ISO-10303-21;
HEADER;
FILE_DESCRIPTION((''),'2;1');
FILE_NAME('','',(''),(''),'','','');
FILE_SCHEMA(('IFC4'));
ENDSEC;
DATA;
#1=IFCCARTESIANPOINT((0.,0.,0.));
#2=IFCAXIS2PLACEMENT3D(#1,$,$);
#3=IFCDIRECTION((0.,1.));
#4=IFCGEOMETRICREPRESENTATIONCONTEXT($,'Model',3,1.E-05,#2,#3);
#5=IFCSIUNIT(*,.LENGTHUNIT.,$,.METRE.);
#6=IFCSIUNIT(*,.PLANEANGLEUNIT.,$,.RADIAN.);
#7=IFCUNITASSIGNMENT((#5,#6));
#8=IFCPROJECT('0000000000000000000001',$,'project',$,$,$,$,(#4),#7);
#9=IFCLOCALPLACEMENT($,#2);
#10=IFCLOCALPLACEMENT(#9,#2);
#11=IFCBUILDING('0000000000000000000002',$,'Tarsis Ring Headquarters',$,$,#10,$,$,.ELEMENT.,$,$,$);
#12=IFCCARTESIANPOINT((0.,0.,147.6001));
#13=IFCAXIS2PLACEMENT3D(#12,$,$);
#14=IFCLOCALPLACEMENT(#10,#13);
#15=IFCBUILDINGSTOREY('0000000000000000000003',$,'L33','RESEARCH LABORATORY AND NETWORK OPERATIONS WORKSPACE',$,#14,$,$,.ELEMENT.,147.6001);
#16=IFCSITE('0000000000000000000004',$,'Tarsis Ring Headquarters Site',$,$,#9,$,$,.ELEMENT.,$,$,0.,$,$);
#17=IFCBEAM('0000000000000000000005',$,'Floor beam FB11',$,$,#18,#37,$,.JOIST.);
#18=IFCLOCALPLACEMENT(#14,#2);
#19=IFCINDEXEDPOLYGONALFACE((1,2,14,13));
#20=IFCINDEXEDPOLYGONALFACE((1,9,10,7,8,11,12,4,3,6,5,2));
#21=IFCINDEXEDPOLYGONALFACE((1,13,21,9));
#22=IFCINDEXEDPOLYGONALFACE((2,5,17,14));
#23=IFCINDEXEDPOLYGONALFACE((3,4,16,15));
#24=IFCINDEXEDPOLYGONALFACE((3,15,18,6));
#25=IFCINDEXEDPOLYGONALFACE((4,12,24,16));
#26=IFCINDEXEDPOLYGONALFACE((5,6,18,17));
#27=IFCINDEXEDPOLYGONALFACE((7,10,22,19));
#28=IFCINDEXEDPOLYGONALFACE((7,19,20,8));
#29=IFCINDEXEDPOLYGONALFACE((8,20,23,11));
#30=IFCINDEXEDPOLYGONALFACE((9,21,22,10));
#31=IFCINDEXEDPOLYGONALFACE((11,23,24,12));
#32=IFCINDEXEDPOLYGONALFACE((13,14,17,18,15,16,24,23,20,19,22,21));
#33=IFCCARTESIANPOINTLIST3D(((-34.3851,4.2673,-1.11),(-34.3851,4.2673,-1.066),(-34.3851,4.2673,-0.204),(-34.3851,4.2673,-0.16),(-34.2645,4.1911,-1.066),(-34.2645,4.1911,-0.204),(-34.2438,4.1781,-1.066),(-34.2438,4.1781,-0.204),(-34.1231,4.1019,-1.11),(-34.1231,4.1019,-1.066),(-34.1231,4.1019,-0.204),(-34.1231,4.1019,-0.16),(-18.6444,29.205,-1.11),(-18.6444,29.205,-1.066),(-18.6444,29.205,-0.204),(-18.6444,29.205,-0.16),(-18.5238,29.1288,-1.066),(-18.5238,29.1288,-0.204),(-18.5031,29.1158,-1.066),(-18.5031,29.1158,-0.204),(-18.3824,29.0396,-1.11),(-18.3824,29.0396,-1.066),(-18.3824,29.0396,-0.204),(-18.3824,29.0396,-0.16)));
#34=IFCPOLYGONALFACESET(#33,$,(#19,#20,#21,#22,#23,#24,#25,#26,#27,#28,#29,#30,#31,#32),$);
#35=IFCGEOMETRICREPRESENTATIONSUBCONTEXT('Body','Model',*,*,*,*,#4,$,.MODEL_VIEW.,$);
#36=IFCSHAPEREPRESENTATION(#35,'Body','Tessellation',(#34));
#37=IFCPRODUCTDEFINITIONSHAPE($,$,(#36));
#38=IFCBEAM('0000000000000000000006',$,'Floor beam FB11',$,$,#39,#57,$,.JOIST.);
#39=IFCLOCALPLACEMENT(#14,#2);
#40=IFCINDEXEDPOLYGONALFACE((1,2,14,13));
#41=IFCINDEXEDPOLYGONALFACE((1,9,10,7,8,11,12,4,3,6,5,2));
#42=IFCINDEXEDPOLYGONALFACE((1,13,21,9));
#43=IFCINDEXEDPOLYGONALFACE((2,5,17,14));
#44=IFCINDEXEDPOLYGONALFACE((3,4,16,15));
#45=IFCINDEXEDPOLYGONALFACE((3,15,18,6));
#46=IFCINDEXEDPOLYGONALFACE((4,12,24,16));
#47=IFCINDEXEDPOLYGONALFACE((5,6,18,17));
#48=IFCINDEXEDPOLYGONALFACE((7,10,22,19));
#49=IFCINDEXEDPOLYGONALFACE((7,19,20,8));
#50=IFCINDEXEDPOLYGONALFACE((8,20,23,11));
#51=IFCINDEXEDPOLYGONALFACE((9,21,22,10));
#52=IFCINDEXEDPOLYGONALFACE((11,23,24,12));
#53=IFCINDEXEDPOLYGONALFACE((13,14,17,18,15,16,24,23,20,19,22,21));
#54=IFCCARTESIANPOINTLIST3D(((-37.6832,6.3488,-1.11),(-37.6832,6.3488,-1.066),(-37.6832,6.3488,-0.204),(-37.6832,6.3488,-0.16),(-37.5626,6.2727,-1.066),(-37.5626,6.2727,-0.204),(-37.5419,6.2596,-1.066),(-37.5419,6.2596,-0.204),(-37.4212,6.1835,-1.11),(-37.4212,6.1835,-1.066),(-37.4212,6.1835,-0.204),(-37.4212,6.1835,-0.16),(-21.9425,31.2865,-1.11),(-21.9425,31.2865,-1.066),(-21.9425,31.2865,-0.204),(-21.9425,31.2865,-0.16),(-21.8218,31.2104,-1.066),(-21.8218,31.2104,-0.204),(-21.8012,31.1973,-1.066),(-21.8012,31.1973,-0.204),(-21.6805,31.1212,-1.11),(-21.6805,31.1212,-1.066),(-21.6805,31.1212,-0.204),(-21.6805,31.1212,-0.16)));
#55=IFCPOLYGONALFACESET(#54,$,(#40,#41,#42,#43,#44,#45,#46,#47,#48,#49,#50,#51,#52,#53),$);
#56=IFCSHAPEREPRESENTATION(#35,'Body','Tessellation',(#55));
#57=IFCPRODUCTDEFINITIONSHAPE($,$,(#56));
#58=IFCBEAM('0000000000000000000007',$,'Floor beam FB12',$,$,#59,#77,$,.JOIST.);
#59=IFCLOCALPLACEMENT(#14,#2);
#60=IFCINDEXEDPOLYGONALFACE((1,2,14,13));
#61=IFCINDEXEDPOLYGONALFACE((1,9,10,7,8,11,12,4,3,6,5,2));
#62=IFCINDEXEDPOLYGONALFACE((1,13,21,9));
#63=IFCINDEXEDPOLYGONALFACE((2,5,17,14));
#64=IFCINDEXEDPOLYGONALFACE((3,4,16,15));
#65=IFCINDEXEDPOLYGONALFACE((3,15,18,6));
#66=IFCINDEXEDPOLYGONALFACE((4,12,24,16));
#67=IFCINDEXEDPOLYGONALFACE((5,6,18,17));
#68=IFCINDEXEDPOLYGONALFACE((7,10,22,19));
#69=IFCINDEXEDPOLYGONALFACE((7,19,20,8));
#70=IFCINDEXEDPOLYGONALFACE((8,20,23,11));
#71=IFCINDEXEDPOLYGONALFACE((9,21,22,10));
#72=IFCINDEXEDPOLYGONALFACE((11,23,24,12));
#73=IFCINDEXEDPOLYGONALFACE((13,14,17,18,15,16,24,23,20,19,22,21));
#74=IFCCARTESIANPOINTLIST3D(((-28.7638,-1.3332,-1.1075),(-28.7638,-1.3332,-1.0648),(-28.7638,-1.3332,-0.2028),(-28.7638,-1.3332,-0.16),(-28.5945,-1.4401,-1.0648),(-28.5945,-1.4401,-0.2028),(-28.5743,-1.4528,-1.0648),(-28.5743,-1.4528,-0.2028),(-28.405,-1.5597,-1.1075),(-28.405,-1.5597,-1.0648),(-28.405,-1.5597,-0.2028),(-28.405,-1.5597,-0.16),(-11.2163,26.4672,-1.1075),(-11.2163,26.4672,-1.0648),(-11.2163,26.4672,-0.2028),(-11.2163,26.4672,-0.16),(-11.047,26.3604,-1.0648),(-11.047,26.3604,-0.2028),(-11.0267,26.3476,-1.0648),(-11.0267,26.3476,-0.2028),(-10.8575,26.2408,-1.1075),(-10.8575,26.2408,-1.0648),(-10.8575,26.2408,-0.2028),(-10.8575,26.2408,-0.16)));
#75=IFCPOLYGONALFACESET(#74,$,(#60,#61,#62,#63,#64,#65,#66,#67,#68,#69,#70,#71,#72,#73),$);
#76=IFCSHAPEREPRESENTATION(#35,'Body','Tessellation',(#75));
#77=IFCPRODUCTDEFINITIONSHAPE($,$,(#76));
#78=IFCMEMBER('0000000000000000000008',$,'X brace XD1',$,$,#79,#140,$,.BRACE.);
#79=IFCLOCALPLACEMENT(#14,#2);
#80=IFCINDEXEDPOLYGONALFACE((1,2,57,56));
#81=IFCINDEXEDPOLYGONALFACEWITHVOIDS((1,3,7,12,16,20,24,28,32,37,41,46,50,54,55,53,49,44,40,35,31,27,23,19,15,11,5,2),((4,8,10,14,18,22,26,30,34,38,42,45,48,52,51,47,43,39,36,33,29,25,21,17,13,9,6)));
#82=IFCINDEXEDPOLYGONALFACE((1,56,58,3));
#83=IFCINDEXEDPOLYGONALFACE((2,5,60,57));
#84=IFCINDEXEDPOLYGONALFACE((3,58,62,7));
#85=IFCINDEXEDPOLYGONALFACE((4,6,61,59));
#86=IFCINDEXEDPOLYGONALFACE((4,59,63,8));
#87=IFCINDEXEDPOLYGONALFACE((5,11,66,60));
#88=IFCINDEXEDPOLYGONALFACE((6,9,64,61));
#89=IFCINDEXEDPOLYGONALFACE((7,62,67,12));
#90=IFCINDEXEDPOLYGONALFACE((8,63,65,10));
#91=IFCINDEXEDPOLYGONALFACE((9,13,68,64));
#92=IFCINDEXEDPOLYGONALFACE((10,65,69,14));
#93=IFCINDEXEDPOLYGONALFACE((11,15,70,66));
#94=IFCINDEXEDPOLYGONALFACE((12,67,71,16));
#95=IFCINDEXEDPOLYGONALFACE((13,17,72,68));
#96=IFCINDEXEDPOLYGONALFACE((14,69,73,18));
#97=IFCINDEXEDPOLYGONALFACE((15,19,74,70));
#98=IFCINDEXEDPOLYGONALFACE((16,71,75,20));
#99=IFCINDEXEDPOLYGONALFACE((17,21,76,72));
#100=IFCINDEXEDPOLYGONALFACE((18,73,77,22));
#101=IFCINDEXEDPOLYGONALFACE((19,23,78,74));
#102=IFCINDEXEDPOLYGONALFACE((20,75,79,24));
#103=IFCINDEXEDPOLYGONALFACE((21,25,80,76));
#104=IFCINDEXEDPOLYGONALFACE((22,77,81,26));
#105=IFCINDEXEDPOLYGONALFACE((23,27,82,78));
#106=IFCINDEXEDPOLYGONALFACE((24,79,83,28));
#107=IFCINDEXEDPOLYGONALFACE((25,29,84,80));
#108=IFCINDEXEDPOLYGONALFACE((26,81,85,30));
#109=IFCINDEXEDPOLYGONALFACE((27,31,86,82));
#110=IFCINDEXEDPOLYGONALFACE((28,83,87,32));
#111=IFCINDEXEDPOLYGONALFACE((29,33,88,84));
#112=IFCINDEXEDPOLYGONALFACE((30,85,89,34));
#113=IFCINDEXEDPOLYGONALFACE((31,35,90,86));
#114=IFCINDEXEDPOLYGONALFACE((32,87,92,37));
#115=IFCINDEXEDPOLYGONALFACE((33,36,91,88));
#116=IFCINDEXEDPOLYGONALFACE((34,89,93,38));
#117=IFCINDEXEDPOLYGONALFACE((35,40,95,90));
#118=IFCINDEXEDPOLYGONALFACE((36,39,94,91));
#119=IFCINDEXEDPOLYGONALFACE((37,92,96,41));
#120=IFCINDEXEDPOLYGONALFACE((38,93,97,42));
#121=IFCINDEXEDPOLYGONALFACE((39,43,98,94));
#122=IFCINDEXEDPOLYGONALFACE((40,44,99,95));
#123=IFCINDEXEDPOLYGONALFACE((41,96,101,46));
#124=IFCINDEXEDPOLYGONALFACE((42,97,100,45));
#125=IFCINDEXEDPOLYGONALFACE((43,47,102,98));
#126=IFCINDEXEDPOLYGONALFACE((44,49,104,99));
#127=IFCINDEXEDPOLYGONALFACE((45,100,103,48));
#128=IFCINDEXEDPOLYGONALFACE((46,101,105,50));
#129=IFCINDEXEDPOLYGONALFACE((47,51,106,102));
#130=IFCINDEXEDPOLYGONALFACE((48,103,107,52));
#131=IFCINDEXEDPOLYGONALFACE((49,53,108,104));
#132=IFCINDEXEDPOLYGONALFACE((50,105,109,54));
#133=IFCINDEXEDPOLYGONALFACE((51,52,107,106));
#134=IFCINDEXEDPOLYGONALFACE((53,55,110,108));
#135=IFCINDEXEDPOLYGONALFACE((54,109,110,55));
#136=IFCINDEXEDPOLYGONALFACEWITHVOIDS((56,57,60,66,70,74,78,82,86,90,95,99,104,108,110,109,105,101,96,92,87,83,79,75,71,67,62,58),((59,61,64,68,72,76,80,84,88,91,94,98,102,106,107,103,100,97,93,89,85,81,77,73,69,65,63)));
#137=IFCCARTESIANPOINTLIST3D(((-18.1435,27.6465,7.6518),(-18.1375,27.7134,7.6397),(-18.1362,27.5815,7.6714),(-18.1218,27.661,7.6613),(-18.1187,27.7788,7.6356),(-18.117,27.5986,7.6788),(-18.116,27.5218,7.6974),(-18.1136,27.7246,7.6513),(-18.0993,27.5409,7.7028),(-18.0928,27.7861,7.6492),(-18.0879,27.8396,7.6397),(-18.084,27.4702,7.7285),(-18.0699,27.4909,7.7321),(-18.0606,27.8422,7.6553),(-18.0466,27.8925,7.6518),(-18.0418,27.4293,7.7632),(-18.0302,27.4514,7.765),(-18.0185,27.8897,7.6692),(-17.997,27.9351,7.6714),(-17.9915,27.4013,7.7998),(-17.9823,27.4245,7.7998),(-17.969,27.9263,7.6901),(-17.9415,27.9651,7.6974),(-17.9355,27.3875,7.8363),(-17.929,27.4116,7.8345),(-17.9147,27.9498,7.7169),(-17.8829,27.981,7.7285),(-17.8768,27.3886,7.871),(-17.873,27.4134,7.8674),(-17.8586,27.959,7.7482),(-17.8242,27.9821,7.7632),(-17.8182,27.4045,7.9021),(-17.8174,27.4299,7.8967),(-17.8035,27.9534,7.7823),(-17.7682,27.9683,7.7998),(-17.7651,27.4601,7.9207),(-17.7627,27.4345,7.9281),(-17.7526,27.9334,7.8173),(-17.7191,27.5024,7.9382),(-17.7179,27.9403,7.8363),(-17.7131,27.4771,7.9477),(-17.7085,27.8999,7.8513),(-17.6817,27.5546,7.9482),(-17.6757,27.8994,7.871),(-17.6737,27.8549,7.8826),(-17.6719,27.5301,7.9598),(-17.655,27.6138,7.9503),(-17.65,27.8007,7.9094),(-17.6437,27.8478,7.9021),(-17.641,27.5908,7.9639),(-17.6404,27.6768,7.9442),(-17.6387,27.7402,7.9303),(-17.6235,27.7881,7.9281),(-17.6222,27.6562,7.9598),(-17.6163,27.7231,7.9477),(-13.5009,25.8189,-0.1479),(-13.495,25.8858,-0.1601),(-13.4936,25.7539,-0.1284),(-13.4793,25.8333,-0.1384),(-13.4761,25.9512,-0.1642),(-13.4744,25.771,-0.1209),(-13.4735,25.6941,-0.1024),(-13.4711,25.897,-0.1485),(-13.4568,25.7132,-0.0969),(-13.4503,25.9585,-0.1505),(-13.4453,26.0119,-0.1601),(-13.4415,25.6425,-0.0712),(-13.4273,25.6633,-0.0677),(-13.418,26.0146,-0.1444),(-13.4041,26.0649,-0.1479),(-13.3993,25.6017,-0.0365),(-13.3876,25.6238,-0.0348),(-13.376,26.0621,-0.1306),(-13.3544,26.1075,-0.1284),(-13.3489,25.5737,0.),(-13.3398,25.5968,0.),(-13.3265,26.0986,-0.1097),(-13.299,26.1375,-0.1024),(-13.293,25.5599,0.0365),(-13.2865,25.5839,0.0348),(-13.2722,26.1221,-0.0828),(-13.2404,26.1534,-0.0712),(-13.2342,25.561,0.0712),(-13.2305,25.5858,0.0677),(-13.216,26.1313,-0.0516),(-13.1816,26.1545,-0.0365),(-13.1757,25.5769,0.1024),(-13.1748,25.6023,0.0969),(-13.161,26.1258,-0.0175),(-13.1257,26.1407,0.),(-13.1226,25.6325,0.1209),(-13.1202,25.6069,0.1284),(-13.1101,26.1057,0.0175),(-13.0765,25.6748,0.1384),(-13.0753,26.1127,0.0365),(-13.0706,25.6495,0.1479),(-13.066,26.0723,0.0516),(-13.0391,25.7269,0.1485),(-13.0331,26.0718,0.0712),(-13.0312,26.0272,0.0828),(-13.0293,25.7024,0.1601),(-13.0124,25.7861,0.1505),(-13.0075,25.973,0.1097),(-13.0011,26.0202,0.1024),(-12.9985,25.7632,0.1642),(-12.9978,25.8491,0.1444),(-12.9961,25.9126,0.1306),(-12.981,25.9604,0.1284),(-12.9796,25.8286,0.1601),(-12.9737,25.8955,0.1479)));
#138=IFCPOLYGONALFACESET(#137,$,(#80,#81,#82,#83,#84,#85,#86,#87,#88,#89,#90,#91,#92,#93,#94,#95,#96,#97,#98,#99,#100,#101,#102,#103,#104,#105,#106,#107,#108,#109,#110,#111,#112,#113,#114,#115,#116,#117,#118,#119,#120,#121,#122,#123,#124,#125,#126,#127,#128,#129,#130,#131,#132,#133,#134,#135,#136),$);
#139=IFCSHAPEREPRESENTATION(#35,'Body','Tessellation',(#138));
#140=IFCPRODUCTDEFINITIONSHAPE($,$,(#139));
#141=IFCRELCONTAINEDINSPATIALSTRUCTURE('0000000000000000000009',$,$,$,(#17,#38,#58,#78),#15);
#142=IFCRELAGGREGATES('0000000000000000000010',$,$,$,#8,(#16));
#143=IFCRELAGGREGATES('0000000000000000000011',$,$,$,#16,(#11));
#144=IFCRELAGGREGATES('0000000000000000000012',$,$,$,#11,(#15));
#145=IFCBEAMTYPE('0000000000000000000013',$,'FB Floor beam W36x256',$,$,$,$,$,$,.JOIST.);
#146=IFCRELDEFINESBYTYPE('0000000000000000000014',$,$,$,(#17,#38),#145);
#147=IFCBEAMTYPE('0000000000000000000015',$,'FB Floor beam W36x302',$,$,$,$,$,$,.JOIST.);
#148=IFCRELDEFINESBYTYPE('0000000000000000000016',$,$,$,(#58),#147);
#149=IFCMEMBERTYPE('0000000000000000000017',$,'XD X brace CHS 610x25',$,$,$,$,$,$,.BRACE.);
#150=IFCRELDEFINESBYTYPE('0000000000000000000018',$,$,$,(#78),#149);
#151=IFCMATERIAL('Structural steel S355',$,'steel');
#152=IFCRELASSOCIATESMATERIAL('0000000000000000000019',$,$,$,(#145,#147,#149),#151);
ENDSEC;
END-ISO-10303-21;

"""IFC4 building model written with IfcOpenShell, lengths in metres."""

from ifc_helpers import new_model, si_unit, direction, frame, origin, origin_2d, place, context, subcontext, project, spatial, hollow_circle, i_section, extrude, material, material_profile, profile_set, type_object, element, save


model = new_model("IFC4")

# Units and contexts
model_context = context("Model", 3, precision=1e-05, world=origin(), true_north=direction((0.0, 1.0)))
body_context = subcontext(model_context, "Body", "Model", "MODEL_VIEW")
ifc_project = project(units=[si_unit("LENGTHUNIT", "METRE"), si_unit("PLANEANGLEUNIT", "RADIAN")], contexts=[model_context])

# Site, building, storey
site_placement = place(None, origin())
site = spatial("IfcSite", under=ifc_project, at=site_placement, Name="Tarsis Ring Headquarters Site", CompositionType="ELEMENT", RefElevation=0.0)
building_placement = place(site_placement, origin())
building = spatial("IfcBuilding", under=site, at=building_placement, Name="Tarsis Ring Headquarters", CompositionType="ELEMENT")
storey_placement = place(building_placement, frame((0.0, 0.0, 147.6001)))
storey = spatial("IfcBuildingStorey", under=building, at=storey_placement, Name="L33", Description="RESEARCH LABORATORY AND NETWORK OPERATIONS WORKSPACE", CompositionType="ELEMENT", Elevation=147.6001)

# Shared definitions
ifc_material_1 = material(Name="Structural steel S355", Category="steel")

# Beams
ifc_material_profile_1 = material_profile(ifc_material_1, i_section(OverallWidth=0.3098, OverallDepth=0.95, WebThickness=0.0244, FlangeThickness=0.0439, at=origin_2d()), Name="W36x256")
ifc_profile_set_1 = profile_set([ifc_material_profile_1], Name="Structural steel S355")
beam_type_1 = type_object("IfcBeamType", Name="FB Floor beam W36x256", PredefinedType="JOIST", material=ifc_profile_set_1)
for number, where, z_axis, x_axis, name in (
    (1, (-18.5134, 29.1223, -0.635), (-0.533764, -0.845633, 0.0), (0.845633, -0.533764, 0.0), "Floor beam FB11"),
    (2, (-21.8115, 31.2039, -0.635), (-0.533764, -0.845633, 0.0), (0.845633, -0.533764, 0.0), "Floor beam FB11"),
):
    element("IfcBeam", number, at=place(storey_placement, frame(where, z_axis=z_axis, x_axis=x_axis)), inside=storey, type_object=beam_type_1, Name=name, PredefinedType="JOIST", context=body_context, shape_type="SweptSolid", body=[
        extrude(i_section(OverallWidth=0.3098, OverallDepth=0.95, WebThickness=0.0244, FlangeThickness=0.0439, at=origin_2d()), origin(), (0.0, 0.0, 1.0), 29.49),
    ])
ifc_material_profile_2 = material_profile(ifc_material_1, i_section(OverallWidth=0.4243, OverallDepth=0.9475, WebThickness=0.0239, FlangeThickness=0.0427, at=origin_2d()), Name="W36x302")
ifc_profile_set_2 = profile_set([ifc_material_profile_2], Name="Structural steel S355")
beam_type_2 = type_object("IfcBeamType", Name="FB Floor beam W36x302", PredefinedType="JOIST", material=ifc_profile_set_2)
beam_placement = place(storey_placement, frame((-11.0369, 26.354, -0.6338), z_axis=(-0.533762, -0.845635, 0.0), x_axis=(0.845635, -0.533762, 0.0)))
element("IfcBeam", 3, at=beam_placement, inside=storey, type_object=beam_type_2, Name="Floor beam FB12", PredefinedType="JOIST", context=body_context, shape_type="SweptSolid", body=[
    extrude(i_section(OverallWidth=0.4243, OverallDepth=0.9475, WebThickness=0.0239, FlangeThickness=0.0427, at=origin_2d()), origin(), (0.0, 0.0, 1.0), 32.8752),
])

# Member
ifc_material_profile_3 = material_profile(ifc_material_1, hollow_circle(Radius=0.3047, WallThickness=0.0249, at=origin_2d()), Name="CHS 610x25")
ifc_profile_set_3 = profile_set([ifc_material_profile_3], Name="Structural steel S355")
member_type = type_object("IfcMemberType", Name="XD X brace CHS 610x25", PredefinedType="BRACE", material=ifc_profile_set_3)
member_1_placement = place(storey_placement, frame((-13.2373, 25.8572, 0.0), z_axis=(-0.501408, 0.197388, 0.842394), x_axis=(-0.366306, -0.930494, 0.0)))
element("IfcMember", 4, at=member_1_placement, inside=storey, type_object=member_type, Name="X brace XD1", PredefinedType="BRACE", context=body_context, shape_type="SweptSolid", body=[
    extrude(hollow_circle(Radius=0.3047, WallThickness=0.0249, at=origin_2d()), origin(), (0.0, 0.0, 1.0), 9.259),
])

save(model, "model.ifc")
